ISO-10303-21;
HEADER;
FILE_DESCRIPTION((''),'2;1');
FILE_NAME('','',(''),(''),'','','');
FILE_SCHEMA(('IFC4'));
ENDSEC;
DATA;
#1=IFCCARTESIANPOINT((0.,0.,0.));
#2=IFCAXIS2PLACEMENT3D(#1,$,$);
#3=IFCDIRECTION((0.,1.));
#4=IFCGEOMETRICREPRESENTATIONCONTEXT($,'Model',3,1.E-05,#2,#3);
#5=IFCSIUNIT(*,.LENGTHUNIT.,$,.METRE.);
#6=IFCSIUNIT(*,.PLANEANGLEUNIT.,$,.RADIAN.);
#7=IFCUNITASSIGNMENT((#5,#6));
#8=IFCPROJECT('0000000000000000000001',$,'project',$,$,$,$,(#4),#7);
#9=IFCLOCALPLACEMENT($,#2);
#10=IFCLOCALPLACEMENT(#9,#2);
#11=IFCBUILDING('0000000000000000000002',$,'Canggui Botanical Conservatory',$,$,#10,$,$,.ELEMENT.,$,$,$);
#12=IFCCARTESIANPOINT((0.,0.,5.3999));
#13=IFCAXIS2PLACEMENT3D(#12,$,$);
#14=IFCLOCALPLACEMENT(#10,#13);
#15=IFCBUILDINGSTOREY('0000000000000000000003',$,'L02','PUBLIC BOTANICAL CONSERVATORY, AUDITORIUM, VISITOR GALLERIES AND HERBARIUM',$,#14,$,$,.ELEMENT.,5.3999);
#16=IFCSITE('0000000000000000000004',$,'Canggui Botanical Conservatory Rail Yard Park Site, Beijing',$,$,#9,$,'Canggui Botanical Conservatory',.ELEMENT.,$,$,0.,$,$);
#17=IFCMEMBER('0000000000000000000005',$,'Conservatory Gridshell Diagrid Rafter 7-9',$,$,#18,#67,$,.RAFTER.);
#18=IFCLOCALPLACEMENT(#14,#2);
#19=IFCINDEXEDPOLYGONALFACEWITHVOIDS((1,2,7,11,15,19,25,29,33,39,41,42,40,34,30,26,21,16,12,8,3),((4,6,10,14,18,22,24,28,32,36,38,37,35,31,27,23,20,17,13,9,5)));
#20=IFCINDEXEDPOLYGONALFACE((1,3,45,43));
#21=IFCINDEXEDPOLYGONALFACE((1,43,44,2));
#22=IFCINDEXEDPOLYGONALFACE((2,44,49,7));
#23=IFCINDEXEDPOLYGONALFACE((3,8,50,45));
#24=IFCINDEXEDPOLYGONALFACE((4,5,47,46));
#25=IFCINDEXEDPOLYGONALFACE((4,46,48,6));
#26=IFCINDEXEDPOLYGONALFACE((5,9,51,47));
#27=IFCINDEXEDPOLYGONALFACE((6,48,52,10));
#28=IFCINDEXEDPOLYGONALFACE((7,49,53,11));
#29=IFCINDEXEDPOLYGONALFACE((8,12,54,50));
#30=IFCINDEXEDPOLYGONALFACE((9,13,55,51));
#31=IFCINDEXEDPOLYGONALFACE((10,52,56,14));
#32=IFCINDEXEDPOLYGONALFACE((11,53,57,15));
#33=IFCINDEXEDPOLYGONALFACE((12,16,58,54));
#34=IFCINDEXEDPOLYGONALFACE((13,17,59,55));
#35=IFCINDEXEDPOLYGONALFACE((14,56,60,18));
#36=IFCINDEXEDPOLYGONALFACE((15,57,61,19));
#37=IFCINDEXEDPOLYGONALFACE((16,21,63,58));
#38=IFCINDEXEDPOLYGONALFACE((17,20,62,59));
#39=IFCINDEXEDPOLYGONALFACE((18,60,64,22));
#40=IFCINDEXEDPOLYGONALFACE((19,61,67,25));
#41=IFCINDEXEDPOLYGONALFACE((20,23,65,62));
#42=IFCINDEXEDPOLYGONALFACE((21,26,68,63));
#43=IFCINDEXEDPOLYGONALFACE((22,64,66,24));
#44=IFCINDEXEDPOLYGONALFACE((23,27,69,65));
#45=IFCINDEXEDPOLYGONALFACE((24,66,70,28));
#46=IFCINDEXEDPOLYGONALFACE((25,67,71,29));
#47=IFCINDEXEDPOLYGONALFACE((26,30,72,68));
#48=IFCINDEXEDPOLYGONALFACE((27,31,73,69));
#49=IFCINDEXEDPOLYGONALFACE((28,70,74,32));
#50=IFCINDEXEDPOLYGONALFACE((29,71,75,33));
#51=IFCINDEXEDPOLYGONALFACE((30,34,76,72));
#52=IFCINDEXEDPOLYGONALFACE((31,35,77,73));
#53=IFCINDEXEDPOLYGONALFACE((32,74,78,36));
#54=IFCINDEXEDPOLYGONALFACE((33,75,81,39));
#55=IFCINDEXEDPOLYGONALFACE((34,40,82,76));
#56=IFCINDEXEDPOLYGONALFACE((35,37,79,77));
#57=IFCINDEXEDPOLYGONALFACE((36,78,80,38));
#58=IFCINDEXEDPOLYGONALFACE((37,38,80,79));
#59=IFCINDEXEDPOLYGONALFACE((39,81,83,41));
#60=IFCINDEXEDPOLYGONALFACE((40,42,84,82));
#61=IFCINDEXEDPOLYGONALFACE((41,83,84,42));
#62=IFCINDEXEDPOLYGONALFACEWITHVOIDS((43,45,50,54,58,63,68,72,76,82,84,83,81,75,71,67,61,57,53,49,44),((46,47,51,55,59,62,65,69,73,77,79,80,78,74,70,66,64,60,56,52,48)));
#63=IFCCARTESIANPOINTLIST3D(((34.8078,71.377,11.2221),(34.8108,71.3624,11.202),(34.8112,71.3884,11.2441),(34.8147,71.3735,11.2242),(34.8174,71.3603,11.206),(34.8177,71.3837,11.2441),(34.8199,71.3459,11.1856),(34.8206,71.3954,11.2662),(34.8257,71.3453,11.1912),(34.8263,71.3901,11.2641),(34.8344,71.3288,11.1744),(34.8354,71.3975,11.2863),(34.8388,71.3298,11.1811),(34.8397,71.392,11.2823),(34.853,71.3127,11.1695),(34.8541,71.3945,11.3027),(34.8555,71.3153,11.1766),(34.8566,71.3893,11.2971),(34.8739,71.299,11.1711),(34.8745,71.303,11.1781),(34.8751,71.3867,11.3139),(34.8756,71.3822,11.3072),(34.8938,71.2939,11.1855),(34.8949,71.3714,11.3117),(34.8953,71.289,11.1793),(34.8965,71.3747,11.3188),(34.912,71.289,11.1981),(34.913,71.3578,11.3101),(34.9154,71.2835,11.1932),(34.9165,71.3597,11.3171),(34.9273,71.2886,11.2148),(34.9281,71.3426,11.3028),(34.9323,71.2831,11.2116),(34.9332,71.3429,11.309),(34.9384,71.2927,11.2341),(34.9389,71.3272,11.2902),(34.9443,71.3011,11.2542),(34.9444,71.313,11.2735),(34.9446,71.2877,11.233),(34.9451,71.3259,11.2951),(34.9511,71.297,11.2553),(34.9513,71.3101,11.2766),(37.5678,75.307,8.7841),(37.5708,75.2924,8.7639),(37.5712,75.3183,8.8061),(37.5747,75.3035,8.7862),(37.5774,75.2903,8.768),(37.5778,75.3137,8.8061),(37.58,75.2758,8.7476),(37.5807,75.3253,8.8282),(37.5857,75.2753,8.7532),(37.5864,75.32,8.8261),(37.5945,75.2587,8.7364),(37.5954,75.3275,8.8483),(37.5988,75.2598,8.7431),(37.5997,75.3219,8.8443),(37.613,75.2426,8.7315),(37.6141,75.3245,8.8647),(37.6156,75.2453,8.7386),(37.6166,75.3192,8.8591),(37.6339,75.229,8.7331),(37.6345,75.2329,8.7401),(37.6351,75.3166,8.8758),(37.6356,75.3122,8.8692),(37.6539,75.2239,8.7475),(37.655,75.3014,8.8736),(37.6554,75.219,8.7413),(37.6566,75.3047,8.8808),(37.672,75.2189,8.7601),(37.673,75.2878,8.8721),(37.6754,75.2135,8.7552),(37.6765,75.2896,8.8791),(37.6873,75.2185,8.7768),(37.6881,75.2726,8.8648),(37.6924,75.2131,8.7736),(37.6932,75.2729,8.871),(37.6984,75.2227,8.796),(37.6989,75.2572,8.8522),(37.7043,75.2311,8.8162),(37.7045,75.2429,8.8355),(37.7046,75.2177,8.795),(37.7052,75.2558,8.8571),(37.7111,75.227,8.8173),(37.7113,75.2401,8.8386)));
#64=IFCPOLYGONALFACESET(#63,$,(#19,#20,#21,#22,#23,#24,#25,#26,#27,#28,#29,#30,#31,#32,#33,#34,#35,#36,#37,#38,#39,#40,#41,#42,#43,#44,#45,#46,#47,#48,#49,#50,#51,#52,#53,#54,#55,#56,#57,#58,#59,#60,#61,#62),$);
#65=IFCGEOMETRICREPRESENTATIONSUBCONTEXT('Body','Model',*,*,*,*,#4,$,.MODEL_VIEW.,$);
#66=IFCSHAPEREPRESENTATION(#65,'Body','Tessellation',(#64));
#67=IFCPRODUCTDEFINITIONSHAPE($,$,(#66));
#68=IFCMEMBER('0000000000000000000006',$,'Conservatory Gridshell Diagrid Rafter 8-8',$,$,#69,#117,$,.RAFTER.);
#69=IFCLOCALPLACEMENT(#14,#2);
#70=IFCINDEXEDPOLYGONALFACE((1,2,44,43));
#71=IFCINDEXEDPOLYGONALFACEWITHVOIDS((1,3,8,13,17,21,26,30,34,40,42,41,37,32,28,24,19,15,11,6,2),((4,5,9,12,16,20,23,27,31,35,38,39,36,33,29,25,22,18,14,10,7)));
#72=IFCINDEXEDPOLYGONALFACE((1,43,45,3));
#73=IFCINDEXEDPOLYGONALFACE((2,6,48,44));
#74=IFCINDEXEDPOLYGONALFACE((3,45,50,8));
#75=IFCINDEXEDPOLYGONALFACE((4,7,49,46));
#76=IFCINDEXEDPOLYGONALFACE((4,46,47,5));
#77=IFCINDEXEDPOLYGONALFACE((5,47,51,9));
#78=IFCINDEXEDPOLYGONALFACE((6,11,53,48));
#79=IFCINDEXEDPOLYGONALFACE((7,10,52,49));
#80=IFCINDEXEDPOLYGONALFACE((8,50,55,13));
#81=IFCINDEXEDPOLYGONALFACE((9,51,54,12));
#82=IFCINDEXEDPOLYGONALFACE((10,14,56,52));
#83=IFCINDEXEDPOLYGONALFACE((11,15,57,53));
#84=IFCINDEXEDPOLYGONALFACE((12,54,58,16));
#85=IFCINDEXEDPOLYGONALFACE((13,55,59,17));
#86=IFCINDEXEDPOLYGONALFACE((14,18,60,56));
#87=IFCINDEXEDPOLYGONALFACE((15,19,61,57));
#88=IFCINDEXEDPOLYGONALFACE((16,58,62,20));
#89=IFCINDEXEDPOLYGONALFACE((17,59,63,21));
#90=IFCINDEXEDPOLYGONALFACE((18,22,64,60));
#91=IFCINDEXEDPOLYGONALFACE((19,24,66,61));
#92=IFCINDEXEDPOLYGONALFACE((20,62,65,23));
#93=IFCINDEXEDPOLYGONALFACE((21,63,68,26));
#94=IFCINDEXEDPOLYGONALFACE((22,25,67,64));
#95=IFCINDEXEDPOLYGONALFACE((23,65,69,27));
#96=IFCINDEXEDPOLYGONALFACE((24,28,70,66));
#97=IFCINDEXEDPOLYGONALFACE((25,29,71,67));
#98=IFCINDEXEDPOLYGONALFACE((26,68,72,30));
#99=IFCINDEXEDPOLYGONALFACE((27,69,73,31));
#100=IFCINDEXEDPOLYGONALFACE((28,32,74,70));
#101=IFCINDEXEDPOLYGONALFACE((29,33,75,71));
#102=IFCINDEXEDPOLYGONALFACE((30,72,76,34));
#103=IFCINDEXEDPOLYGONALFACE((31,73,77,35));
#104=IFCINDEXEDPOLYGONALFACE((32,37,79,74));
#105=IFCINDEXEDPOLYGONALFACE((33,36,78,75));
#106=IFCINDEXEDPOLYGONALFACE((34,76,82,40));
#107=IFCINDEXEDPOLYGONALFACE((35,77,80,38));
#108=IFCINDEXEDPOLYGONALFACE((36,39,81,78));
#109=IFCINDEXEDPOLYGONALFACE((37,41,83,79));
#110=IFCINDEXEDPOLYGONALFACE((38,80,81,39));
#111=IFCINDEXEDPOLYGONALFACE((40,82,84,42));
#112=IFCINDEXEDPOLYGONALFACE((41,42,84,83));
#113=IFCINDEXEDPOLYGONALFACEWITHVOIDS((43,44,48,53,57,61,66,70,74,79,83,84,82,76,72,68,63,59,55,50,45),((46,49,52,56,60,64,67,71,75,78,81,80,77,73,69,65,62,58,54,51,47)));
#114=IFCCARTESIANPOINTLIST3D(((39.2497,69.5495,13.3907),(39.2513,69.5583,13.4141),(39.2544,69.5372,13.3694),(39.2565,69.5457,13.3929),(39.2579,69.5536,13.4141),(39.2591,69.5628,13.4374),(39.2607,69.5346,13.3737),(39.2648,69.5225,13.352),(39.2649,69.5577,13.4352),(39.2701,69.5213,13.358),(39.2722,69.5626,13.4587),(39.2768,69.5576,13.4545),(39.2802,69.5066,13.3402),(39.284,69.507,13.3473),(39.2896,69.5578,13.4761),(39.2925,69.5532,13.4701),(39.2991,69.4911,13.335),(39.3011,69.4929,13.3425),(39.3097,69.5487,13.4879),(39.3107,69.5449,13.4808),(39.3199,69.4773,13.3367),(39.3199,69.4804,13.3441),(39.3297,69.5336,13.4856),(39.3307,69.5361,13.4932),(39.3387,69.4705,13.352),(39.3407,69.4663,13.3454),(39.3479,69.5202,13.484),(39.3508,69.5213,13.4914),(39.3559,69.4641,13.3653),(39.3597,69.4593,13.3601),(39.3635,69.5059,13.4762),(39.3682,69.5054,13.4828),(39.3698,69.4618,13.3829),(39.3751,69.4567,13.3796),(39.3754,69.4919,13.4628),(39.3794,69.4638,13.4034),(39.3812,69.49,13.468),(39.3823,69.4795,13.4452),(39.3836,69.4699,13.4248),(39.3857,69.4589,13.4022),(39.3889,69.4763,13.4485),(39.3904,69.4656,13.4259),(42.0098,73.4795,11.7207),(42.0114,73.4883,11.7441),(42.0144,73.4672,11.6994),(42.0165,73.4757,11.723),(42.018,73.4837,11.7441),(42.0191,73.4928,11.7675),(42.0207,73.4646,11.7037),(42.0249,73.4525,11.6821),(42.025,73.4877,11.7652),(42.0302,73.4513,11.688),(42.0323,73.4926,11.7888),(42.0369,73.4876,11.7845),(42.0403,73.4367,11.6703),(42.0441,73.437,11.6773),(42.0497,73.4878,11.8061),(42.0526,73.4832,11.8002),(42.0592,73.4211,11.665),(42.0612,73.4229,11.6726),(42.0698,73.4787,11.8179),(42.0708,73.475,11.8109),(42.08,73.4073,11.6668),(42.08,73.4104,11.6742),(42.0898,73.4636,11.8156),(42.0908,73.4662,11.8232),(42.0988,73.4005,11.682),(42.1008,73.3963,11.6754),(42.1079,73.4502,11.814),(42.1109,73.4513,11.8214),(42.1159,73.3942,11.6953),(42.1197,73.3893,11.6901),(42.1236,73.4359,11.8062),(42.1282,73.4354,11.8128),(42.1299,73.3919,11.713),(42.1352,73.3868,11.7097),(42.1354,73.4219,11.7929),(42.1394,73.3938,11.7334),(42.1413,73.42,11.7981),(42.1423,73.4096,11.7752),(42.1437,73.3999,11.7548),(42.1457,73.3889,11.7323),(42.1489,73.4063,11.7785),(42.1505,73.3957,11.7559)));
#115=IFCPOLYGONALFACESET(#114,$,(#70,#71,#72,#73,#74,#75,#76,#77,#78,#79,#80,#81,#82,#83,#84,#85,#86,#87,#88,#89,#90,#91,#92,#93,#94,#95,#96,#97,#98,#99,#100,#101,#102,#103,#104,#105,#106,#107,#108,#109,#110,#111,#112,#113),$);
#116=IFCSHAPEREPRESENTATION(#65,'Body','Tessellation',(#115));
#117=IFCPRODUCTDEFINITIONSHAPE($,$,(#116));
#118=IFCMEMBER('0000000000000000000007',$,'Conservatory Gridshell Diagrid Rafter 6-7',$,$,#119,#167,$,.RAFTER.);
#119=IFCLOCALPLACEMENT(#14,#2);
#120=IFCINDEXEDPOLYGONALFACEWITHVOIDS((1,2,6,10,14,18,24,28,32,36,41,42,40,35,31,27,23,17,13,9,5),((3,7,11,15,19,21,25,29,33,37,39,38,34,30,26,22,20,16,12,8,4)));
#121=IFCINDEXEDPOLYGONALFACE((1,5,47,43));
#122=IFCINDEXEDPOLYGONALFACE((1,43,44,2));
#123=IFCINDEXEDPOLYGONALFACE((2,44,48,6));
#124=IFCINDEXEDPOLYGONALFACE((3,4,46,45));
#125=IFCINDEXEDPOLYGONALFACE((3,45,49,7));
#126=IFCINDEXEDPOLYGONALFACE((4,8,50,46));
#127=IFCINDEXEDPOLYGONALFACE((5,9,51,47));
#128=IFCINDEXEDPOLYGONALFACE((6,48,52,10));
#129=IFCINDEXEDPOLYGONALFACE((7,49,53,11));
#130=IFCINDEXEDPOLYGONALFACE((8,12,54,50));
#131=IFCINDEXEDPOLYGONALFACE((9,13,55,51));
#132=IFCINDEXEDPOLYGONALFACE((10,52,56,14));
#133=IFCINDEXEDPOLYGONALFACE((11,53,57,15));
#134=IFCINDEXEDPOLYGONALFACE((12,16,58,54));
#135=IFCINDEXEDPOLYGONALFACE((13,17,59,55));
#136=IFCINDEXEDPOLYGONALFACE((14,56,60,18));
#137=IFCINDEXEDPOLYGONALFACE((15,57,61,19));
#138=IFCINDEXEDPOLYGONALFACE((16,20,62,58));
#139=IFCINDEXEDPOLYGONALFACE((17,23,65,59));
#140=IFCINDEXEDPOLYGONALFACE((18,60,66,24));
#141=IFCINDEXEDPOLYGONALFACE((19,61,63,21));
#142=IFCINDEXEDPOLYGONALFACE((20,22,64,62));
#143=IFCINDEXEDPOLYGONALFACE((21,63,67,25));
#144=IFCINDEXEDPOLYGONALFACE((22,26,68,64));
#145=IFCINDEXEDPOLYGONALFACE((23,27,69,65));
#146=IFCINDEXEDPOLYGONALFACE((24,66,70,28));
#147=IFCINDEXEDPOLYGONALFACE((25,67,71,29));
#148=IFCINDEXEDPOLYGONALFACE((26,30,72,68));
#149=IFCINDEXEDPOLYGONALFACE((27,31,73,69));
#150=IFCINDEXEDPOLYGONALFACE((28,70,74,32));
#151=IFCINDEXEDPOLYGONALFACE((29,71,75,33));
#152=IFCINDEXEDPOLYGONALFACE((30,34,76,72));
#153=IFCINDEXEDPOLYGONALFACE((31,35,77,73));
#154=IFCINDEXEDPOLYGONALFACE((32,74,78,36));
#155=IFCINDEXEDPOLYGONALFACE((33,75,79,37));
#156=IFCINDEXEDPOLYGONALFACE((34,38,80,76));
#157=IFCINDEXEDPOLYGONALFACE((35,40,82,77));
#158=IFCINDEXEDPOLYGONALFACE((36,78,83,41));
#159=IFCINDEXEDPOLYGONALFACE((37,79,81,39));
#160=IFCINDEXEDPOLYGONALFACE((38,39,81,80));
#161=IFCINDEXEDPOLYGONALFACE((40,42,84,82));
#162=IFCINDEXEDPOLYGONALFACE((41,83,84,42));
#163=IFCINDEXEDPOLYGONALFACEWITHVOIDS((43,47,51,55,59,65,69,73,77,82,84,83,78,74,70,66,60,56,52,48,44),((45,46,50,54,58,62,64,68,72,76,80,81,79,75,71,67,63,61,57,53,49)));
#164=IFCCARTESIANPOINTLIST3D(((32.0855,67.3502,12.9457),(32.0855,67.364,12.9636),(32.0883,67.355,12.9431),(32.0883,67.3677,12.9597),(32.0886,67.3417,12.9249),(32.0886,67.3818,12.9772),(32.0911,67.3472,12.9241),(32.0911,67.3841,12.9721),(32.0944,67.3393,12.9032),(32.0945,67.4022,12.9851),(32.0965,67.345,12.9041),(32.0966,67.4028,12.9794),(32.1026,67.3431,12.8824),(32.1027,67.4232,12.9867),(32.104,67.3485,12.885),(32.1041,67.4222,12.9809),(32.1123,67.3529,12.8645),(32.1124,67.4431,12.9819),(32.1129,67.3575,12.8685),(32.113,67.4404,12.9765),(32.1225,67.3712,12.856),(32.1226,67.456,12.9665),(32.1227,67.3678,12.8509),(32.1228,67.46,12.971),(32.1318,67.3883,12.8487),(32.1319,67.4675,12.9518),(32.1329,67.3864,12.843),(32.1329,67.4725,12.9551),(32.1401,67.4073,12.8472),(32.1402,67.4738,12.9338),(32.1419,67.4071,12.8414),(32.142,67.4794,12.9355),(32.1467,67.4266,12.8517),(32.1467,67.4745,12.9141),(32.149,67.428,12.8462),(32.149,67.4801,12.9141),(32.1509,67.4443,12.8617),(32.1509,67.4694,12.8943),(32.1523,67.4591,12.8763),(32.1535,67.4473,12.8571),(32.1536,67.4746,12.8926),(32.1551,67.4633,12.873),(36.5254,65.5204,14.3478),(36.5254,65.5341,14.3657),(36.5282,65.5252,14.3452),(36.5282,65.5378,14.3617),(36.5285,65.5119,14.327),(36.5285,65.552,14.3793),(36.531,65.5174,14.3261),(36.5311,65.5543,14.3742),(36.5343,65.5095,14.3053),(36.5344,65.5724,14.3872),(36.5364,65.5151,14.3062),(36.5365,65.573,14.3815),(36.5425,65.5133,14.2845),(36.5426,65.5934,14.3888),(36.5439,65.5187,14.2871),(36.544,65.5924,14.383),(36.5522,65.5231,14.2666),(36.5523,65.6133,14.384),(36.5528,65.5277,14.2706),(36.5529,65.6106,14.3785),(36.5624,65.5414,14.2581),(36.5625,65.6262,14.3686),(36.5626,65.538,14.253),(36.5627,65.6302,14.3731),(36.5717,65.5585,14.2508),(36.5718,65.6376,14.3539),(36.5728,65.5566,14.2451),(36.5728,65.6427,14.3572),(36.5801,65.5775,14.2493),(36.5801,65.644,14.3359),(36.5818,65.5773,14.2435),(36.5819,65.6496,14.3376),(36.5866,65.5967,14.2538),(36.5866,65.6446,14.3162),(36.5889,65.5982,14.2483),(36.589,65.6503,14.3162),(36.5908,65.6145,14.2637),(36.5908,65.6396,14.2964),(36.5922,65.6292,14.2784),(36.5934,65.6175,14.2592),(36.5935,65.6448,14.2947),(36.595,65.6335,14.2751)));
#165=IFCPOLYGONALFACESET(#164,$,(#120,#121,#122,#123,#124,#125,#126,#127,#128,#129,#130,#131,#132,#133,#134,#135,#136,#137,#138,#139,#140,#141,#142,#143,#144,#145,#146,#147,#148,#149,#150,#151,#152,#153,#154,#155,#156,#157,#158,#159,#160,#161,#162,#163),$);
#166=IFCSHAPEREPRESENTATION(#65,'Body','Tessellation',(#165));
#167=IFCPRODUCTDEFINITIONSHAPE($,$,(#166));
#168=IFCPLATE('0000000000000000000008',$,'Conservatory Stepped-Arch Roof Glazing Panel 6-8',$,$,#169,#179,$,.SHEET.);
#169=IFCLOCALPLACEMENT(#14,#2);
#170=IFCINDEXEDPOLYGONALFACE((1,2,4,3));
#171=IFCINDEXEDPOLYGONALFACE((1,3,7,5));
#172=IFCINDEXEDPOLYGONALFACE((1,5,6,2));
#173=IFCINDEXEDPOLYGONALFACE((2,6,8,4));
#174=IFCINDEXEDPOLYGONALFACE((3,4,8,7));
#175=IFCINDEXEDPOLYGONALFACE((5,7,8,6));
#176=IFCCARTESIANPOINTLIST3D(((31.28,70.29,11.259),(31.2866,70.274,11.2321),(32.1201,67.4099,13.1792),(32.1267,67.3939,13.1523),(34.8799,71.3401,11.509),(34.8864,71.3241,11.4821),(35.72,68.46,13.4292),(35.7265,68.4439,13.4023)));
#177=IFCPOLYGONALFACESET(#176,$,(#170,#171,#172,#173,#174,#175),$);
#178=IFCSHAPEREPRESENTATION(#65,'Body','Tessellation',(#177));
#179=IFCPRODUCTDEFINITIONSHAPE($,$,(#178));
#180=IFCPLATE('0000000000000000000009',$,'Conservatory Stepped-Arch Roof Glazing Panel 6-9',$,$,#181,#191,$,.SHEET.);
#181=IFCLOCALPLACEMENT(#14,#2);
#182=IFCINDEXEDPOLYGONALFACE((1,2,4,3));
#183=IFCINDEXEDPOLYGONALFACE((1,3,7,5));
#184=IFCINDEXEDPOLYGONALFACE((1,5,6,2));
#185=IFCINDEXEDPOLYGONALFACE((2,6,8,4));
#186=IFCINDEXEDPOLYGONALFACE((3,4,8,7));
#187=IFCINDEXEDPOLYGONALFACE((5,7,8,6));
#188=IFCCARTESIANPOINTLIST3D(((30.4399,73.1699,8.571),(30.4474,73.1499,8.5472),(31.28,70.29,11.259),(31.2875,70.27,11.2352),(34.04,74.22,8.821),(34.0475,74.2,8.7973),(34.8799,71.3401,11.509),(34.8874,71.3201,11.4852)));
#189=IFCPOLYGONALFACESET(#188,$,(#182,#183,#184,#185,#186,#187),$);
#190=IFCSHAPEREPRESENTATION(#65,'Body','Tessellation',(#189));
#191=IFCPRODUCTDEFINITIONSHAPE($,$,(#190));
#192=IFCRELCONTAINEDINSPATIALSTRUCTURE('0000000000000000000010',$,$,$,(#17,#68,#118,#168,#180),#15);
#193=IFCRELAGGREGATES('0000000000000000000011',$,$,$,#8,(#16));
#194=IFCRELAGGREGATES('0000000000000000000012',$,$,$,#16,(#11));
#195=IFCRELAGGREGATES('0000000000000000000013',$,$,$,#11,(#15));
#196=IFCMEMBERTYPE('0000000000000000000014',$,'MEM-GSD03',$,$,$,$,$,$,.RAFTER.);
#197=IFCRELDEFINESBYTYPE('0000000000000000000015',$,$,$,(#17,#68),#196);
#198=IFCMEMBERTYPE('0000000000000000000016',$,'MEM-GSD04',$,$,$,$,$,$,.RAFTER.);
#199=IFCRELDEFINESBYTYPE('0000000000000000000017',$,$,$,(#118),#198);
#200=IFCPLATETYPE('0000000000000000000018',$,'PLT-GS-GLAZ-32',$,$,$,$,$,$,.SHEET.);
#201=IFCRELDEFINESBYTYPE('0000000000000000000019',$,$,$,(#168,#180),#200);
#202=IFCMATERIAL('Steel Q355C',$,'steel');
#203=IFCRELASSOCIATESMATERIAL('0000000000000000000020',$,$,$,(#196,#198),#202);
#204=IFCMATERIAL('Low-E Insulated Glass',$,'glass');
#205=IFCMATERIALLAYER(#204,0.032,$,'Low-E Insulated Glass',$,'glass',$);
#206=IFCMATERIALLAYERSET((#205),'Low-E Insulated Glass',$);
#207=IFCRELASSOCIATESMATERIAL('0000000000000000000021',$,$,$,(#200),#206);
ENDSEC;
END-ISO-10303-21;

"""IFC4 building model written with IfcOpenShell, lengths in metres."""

from ifc_helpers import new_model, si_unit, direction, frame, origin, origin_2d, place, context, subcontext, project, spatial, polyline, hollow_circle, outline, extrude, material, layer, layer_set, material_profile, profile_set, type_object, element, save


model = new_model("IFC4")

# Units and contexts
model_context = context("Model", 3, precision=1e-05, world=origin(), true_north=direction((0.0, 1.0)))
body_context = subcontext(model_context, "Body", "Model", "MODEL_VIEW")
ifc_project = project(units=[si_unit("LENGTHUNIT", "METRE"), si_unit("PLANEANGLEUNIT", "RADIAN")], contexts=[model_context])

# Site, building, storey
site_placement = place(None, origin())
site = spatial("IfcSite", under=ifc_project, at=site_placement, Name="Canggui Botanical Conservatory Rail Yard Park Site, Beijing", LongName="Canggui Botanical Conservatory", CompositionType="ELEMENT", RefElevation=0.0)
building_placement = place(site_placement, origin())
building = spatial("IfcBuilding", under=site, at=building_placement, Name="Canggui Botanical Conservatory", CompositionType="ELEMENT")
storey_placement = place(building_placement, frame((0.0, 0.0, 5.3999)))
storey = spatial("IfcBuildingStorey", under=building, at=storey_placement, Name="L02", Description="PUBLIC BOTANICAL CONSERVATORY, AUDITORIUM, VISITOR GALLERIES AND HERBARIUM", CompositionType="ELEMENT", Elevation=5.3999)

# Shared definitions
ifc_material_1 = material(Name="Steel Q355C", Category="steel")

# Members
ifc_material_profile_1 = material_profile(ifc_material_1, hollow_circle(Radius=0.084, WallThickness=0.0081, at=origin_2d()), Name="CHS 168x8")
ifc_profile_set_1 = profile_set([ifc_material_profile_1], Name="Steel Q355C")
member_type_1 = type_object("IfcMemberType", Name="MEM-GSD03", PredefinedType="RAFTER", material=ifc_profile_set_1)
member_1_placement = place(storey_placement, frame((34.8799, 71.3401, 11.2441), z_axis=(0.51247, 0.729697, -0.452678), x_axis=(-0.818345, 0.574728, 0.0)))
element("IfcMember", 1, at=member_1_placement, inside=storey, type_object=member_type_1, Name="Conservatory Gridshell Diagrid Rafter 7-9", PredefinedType="RAFTER", context=body_context, shape_type="SweptSolid", body=[
    extrude(hollow_circle(Radius=0.084, WallThickness=0.0081, at=origin_2d()), origin(), (0.0, 0.0, 1.0), 5.3857),
])
member_2_placement = place(storey_placement, frame((39.3201, 69.51, 13.4141), z_axis=(0.542844, 0.772946, -0.328443), x_axis=(-0.818345, 0.574728, 0.0)))
element("IfcMember", 2, at=member_2_placement, inside=storey, type_object=member_type_1, Name="Conservatory Gridshell Diagrid Rafter 8-8", PredefinedType="RAFTER", context=body_context, shape_type="SweptSolid", body=[
    extrude(hollow_circle(Radius=0.084, WallThickness=0.0081, at=origin_2d()), origin(), (0.0, 0.0, 1.0), 5.0845),
])
ifc_material_profile_2 = material_profile(ifc_material_1, hollow_circle(Radius=0.0759, WallThickness=0.0061, at=origin_2d()), Name="CHS 152x6")
ifc_profile_set_2 = profile_set([ifc_material_profile_2], Name="Steel Q355C")
member_type_2 = type_object("IfcMemberType", Name="MEM-GSD04", PredefinedType="RAFTER", material=ifc_profile_set_2)
member_3_placement = place(storey_placement, frame((32.1201, 67.4099, 12.9141), z_axis=(0.887505, -0.365767, 0.280267), x_axis=(0.381039, 0.924559, 0.0)))
element("IfcMember", 3, at=member_3_placement, inside=storey, type_object=member_type_2, Name="Conservatory Gridshell Diagrid Rafter 6-7", PredefinedType="RAFTER", context=body_context, shape_type="SweptSolid", body=[
    extrude(hollow_circle(Radius=0.0759, WallThickness=0.0061, at=origin_2d()), origin(), (0.0, 0.0, 1.0), 5.0027),
])

# Plates
ifc_material_2 = material(Name="Low-E Insulated Glass", Category="glass")
ifc_layer = layer(ifc_material_2, 0.032, Name="Low-E Insulated Glass", Category="glass")
ifc_layer_set = layer_set([ifc_layer], Name="Low-E Insulated Glass")
plate_type = type_object("IfcPlateType", Name="PLT-GS-GLAZ-32", PredefinedType="SHEET", material=ifc_layer_set)
plate_1_placement = place(storey_placement, frame((32.1201, 67.4099, 13.1792), z_axis=(-0.204535, 0.500989, 0.840937), x_axis=(0.957867, 0.279402, 0.066521)))
element("IfcPlate", 4, at=plate_1_placement, inside=storey, type_object=plate_type, Name="Conservatory Stepped-Arch Roof Glazing Panel 6-8", PredefinedType="SHEET", context=body_context, shape_type="SweptSolid", body=[
    extrude(outline(polyline([(0.0, 0.0), (3.7582, 0.0), (3.6305, 3.5597), (-0.1277, 3.5597), (0.0, 0.0)])), origin(), (0.0, 0.0, -1.0), 0.032),
])
plate_2_placement = place(storey_placement, frame((31.28, 70.29, 11.259), z_axis=(-0.234238, 0.625961, 0.743845), x_axis=(0.957869, 0.279397, 0.066516)))
element("IfcPlate", 5, at=plate_2_placement, inside=storey, type_object=plate_type, Name="Conservatory Stepped-Arch Roof Glazing Panel 6-9", PredefinedType="SHEET", context=body_context, shape_type="SweptSolid", body=[
    extrude(outline(polyline([(0.0, 0.0), (3.7582, 0.0), (3.5796, 4.024), (-0.1789, 4.024), (0.0, 0.0)])), origin(), (0.0, 0.0, -1.0), 0.032),
])

save(model, "model.ifc")
